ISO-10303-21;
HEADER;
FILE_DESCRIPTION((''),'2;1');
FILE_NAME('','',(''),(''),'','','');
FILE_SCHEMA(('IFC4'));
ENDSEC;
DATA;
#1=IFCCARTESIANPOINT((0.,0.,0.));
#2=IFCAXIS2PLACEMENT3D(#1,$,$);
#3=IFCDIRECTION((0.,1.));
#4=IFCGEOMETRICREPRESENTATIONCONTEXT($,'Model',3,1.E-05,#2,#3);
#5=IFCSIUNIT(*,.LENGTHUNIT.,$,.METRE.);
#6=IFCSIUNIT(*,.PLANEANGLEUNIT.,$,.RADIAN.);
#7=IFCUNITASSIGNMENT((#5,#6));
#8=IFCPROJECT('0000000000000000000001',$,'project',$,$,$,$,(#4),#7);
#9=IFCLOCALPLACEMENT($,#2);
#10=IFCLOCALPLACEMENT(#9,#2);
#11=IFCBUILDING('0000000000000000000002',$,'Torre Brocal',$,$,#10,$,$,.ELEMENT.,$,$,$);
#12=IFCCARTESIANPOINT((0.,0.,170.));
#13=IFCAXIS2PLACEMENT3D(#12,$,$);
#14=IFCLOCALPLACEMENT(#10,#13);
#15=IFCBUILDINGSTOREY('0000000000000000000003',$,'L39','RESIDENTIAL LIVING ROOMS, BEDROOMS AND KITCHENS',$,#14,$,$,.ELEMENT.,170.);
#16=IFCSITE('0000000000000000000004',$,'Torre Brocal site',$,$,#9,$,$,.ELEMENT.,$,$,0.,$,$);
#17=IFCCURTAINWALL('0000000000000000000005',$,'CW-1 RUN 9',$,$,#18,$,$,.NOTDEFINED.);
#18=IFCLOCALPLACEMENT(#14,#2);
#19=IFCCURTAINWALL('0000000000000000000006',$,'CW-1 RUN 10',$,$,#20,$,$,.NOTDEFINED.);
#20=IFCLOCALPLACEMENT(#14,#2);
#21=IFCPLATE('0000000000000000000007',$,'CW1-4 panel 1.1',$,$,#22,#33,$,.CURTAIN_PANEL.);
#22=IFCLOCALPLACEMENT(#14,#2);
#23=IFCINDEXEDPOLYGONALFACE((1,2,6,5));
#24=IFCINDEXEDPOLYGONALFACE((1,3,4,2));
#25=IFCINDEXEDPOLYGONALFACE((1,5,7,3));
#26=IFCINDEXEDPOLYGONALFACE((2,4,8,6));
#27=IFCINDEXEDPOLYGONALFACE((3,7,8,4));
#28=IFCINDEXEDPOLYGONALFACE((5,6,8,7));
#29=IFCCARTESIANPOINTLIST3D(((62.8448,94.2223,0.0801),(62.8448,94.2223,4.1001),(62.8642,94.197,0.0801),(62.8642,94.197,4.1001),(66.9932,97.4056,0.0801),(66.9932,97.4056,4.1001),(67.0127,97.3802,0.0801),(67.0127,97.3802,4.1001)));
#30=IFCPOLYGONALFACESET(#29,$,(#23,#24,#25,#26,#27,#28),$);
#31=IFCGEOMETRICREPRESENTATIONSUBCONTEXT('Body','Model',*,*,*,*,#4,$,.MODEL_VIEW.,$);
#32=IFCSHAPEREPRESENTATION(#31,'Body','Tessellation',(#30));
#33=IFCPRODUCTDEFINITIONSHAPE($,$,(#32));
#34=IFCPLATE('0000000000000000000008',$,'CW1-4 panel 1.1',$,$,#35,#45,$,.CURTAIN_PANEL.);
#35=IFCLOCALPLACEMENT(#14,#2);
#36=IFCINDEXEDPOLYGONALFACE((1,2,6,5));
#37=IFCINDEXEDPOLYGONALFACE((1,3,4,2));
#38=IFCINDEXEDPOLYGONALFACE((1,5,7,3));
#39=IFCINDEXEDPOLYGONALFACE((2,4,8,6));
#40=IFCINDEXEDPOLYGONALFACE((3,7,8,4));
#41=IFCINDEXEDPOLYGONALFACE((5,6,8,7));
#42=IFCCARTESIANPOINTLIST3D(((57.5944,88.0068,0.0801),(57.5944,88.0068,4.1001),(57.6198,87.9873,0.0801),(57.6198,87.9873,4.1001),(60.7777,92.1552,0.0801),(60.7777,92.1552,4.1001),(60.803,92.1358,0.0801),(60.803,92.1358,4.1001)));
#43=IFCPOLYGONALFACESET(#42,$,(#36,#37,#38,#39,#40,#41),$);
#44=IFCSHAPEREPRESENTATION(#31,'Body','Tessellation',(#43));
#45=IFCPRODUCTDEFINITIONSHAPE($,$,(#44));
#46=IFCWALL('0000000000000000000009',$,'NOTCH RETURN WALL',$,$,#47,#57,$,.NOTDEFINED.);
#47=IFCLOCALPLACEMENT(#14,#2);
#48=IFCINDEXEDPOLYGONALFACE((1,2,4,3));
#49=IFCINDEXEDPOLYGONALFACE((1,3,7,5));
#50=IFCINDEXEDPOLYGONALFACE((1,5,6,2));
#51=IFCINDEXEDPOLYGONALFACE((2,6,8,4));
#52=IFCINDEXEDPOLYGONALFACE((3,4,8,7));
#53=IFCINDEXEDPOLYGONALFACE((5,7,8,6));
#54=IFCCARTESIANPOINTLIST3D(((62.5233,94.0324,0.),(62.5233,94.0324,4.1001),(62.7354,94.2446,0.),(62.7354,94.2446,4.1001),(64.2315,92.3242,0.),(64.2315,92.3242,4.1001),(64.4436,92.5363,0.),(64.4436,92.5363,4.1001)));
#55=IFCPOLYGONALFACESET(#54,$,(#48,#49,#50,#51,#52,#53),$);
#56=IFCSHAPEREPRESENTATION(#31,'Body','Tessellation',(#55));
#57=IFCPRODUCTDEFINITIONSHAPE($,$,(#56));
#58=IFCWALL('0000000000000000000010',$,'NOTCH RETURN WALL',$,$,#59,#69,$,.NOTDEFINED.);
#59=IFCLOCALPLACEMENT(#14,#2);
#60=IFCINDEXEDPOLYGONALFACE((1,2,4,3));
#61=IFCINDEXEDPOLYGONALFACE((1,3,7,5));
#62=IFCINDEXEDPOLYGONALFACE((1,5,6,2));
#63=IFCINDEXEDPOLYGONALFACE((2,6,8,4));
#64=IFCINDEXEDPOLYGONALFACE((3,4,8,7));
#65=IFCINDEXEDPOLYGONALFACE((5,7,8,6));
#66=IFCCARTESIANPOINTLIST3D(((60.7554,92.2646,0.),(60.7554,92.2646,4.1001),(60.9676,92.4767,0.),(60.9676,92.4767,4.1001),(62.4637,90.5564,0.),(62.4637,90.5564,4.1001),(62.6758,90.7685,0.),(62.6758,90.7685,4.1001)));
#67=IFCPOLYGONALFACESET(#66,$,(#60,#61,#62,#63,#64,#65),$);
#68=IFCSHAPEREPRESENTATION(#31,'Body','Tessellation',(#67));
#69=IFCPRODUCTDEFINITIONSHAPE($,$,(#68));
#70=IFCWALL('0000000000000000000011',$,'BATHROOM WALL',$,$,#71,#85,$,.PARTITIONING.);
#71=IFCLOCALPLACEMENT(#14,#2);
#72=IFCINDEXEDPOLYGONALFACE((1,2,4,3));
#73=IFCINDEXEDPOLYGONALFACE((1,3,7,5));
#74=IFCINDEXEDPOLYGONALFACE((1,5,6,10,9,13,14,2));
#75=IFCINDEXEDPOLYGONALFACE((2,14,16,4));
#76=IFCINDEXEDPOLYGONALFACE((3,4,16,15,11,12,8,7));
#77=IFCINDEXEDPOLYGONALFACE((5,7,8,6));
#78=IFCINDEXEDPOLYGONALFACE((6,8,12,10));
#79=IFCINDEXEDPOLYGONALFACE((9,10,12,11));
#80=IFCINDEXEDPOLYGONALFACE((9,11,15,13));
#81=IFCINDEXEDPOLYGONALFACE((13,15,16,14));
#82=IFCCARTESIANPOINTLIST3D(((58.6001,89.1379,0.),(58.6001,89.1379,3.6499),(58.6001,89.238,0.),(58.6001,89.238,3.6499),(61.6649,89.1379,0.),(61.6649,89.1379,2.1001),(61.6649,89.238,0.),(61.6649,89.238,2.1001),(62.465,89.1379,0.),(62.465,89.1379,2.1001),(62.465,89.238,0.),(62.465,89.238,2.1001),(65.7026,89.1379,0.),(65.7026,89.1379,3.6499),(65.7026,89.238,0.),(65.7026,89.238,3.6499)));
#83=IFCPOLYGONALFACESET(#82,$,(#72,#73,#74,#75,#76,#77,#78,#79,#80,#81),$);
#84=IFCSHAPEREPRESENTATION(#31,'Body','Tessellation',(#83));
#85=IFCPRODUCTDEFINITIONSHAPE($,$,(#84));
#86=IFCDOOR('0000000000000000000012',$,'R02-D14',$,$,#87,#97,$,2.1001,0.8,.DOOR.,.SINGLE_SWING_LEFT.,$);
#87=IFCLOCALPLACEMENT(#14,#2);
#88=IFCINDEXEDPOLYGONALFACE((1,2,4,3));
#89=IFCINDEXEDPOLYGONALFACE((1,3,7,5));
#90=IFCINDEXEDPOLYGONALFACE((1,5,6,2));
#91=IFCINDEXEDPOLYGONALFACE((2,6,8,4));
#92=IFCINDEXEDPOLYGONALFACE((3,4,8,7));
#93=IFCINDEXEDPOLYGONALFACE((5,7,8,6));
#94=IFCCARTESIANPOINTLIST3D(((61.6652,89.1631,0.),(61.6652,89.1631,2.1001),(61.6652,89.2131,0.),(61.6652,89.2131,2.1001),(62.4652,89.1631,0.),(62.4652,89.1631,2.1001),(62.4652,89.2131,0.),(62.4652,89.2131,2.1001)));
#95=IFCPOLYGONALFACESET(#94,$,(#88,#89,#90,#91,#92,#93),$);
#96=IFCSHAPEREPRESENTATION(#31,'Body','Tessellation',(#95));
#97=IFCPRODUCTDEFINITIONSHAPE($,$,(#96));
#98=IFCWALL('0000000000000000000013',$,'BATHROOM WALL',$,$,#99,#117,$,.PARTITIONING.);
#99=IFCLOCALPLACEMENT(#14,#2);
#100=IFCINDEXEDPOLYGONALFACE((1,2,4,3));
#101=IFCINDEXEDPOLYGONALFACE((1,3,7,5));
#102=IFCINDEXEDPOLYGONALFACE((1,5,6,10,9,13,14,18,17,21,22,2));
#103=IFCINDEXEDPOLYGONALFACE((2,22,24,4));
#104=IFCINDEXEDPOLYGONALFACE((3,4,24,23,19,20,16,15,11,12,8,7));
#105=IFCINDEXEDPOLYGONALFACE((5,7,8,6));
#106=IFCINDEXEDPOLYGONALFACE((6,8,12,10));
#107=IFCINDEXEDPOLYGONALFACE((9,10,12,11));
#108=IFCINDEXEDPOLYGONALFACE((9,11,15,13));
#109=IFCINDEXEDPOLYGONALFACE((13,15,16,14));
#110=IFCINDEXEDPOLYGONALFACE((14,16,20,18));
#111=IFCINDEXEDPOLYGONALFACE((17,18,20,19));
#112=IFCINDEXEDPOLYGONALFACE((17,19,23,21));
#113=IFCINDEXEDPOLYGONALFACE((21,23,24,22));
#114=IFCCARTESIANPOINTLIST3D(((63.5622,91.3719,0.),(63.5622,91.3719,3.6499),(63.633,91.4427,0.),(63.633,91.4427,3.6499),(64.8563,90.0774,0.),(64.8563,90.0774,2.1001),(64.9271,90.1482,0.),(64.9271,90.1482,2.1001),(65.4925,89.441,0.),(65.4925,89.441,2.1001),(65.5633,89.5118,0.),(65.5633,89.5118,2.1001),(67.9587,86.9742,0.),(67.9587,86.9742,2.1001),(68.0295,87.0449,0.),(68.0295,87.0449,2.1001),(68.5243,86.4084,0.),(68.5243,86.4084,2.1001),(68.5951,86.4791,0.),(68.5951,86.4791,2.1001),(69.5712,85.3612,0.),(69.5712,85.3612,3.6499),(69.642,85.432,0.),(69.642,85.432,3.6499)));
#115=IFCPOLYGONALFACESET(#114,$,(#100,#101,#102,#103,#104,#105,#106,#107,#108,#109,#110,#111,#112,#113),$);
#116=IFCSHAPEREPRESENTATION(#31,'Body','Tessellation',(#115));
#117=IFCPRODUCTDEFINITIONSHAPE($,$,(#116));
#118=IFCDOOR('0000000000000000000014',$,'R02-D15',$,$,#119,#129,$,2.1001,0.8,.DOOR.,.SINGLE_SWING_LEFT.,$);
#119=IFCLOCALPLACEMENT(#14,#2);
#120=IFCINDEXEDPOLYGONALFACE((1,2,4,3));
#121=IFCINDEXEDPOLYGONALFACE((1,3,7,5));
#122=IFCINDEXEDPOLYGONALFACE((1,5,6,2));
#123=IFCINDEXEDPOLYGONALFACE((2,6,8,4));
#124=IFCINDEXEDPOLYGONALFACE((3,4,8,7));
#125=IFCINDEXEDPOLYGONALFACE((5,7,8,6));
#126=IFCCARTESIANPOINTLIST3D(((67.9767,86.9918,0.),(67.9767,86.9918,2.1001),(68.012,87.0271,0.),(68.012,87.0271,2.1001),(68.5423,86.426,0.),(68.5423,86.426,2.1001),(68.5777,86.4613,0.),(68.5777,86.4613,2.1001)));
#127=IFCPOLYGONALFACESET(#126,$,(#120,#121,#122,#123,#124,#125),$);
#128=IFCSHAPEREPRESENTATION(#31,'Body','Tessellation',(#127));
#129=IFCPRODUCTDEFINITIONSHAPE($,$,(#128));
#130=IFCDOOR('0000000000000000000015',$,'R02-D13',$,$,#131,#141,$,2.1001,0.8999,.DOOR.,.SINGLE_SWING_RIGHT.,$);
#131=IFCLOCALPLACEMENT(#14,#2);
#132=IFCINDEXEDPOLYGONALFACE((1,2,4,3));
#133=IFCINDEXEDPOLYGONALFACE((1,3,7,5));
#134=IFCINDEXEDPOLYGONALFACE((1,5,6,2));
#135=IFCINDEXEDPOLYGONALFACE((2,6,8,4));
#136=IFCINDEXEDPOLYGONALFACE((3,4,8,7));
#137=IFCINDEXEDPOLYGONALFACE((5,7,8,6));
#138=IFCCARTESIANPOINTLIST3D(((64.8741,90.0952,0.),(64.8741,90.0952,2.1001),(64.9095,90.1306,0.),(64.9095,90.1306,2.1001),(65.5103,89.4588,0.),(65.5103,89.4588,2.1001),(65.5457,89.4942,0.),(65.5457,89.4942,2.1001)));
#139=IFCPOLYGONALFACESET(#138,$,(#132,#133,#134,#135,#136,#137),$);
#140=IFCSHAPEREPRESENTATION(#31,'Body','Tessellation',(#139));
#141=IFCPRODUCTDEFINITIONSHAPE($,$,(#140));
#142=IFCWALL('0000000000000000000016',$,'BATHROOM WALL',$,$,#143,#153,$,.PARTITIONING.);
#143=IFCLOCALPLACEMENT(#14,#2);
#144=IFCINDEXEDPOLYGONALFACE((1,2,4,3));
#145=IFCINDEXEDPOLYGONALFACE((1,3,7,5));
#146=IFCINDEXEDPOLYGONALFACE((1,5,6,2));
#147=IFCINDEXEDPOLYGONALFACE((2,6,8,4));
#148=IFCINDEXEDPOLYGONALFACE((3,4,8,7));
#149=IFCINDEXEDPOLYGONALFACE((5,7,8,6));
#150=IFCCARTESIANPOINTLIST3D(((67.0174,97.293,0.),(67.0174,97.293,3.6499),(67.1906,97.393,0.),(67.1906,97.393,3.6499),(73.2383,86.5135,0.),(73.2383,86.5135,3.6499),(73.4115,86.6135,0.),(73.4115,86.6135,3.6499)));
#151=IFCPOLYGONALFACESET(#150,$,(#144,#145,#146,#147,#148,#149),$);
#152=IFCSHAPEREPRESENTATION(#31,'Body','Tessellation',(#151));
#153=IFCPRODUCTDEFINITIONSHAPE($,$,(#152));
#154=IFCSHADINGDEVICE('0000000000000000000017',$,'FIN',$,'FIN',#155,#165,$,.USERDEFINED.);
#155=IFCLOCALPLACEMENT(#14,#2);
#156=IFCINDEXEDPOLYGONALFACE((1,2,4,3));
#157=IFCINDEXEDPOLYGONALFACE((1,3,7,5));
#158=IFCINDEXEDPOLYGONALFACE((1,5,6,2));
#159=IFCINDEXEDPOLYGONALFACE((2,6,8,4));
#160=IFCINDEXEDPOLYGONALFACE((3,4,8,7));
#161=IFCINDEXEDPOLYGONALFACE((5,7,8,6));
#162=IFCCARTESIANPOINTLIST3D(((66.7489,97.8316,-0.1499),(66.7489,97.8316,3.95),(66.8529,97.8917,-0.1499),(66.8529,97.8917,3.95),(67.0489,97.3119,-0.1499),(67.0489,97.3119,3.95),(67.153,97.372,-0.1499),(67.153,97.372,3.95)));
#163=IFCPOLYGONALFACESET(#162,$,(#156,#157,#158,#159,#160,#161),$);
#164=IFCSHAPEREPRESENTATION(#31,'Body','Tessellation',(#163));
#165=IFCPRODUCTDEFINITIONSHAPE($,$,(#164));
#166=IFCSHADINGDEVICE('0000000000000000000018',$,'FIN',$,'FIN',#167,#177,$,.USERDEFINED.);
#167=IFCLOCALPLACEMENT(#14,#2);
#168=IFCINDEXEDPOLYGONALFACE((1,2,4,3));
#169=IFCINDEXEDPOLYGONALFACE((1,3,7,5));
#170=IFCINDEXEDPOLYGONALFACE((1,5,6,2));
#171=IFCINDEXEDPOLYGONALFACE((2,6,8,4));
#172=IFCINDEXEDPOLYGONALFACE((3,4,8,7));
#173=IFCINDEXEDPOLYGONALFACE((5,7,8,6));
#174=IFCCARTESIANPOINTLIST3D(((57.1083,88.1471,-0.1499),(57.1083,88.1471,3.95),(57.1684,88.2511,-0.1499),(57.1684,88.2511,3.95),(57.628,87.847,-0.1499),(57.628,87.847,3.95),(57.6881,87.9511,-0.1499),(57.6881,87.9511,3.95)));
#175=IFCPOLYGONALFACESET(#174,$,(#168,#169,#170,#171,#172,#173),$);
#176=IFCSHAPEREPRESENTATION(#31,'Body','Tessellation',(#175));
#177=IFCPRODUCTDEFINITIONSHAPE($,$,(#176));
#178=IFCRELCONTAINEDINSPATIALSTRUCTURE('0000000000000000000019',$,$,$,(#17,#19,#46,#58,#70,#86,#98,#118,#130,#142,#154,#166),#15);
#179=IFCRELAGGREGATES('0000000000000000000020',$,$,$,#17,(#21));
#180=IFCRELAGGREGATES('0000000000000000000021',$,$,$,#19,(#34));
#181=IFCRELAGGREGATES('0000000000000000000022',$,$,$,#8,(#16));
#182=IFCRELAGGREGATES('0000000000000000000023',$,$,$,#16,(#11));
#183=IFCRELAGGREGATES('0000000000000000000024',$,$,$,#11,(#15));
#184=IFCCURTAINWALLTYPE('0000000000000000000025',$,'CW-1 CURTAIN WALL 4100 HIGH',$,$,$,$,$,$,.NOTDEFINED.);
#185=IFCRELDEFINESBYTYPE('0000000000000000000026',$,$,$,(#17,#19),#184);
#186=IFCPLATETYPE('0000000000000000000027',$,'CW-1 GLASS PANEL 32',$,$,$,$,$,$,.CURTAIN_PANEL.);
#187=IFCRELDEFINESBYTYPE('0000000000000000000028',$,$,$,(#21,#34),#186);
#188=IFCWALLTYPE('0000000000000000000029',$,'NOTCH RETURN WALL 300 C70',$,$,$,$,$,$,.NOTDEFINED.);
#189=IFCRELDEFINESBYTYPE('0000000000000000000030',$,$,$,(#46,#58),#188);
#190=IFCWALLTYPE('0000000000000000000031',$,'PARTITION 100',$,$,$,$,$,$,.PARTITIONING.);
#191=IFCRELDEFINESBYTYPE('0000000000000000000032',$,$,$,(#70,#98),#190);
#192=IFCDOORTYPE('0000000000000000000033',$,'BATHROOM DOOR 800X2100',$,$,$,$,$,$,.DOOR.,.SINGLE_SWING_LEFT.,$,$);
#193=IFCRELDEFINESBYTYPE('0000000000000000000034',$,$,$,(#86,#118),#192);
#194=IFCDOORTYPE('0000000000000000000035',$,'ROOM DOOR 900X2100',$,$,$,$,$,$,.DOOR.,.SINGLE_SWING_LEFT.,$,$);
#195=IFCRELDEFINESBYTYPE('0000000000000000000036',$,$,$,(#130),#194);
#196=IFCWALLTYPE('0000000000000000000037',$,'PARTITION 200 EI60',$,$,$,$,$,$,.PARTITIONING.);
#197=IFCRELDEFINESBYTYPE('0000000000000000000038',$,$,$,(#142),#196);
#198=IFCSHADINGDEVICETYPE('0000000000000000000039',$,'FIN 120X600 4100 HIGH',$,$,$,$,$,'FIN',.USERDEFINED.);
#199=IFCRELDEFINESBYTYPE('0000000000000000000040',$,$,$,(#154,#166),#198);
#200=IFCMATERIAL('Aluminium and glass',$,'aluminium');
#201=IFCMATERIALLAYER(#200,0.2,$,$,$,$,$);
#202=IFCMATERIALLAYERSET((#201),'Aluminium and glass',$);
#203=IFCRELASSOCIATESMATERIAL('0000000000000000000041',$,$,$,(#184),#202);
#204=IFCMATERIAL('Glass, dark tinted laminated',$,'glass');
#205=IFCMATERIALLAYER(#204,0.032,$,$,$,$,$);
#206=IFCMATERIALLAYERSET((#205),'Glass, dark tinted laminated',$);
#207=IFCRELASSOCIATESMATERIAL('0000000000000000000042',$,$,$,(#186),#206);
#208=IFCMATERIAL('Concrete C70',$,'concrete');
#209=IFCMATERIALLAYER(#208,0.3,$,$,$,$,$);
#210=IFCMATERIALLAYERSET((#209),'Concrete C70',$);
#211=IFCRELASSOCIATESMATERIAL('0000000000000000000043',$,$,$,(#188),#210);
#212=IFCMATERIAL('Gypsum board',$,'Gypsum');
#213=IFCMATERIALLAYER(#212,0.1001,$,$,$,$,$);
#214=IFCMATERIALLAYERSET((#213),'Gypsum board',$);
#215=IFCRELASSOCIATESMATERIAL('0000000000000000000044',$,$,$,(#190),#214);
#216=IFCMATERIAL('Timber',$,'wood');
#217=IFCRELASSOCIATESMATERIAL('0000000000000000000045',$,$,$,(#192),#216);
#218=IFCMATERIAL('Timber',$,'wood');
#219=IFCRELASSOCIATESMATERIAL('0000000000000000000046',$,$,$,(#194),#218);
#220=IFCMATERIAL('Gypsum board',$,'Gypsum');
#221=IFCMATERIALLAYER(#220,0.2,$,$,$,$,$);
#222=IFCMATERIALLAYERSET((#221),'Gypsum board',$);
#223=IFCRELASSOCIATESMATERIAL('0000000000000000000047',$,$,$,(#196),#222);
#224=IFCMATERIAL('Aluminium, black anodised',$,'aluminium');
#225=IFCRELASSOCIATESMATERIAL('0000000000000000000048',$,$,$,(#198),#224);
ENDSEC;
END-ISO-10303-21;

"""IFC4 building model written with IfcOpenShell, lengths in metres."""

from ifc_helpers import new_model, si_unit, direction, frame, frame_2d, origin, origin_2d, place, context, subcontext, project, spatial, rectangle, extrude, material, layer, layer_set, material_profile, profile_set, type_object, element, fill, aggregate, save


model = new_model("IFC4")

# Units and contexts
model_context = context("Model", 3, precision=1e-05, world=origin(), true_north=direction((0.0, 1.0)))
body_context = subcontext(model_context, "Body", "Model", "MODEL_VIEW")
ifc_project = project(units=[si_unit("LENGTHUNIT", "METRE"), si_unit("PLANEANGLEUNIT", "RADIAN")], contexts=[model_context])

# Site, building, storey
site_placement = place(None, origin())
site = spatial("IfcSite", under=ifc_project, at=site_placement, Name="Torre Brocal site", CompositionType="ELEMENT", RefElevation=0.0)
building_placement = place(site_placement, origin())
building = spatial("IfcBuilding", under=site, at=building_placement, Name="Torre Brocal", CompositionType="ELEMENT")
storey_placement = place(building_placement, frame((0.0, 0.0, 170.0)))
storey = spatial("IfcBuildingStorey", under=building, at=storey_placement, Name="L39", Description="RESIDENTIAL LIVING ROOMS, BEDROOMS AND KITCHENS", CompositionType="ELEMENT", Elevation=170.0)

# Shared definitions
ifc_material_1 = material(Name="Aluminium and glass", Category="aluminium")
ifc_layer_1 = layer(ifc_material_1, 0.2)
ifc_layer_set_1 = layer_set([ifc_layer_1], Name="Aluminium and glass")
curtain_wall_type = type_object("IfcCurtainWallType", Name="CW-1 CURTAIN WALL 4100 HIGH", PredefinedType="NOTDEFINED", material=ifc_layer_set_1)

# Curtain walls
curtain_wall_1_placement = place(storey_placement, origin())
curtain_wall_1 = element("IfcCurtainWall", 1, at=curtain_wall_1_placement, inside=storey, type_object=curtain_wall_type, Name="CW-1 RUN 9", PredefinedType="NOTDEFINED")
curtain_wall_2_placement = place(storey_placement, origin())
curtain_wall_2 = element("IfcCurtainWall", 2, at=curtain_wall_2_placement, inside=storey, type_object=curtain_wall_type, Name="CW-1 RUN 10", PredefinedType="NOTDEFINED")

# Plates
ifc_material_2 = material(Name="Glass, dark tinted laminated", Category="glass")
ifc_layer_2 = layer(ifc_material_2, 0.032)
ifc_layer_set_2 = layer_set([ifc_layer_2], Name="Glass, dark tinted laminated")
plate_type = type_object("IfcPlateType", Name="CW-1 GLASS PANEL 32", PredefinedType="CURTAIN_PANEL", material=ifc_layer_set_2)
plate_1_placement = place(storey_placement, frame((64.9287, 95.8013, 0.0801), z_axis=(0.0, 0.0, 1.0), x_axis=(-0.793353, -0.608761, 0.0)))
plate_1 = element("IfcPlate", 3, at=plate_1_placement, type_object=plate_type, Name="CW1-4 panel 1.1", PredefinedType="CURTAIN_PANEL", context=body_context, shape_type="SweptSolid", body=[
    extrude(rectangle(XDim=5.229, YDim=0.032, at=origin_2d()), origin(), (0.0, 0.0, 1.0), 4.02),
])
aggregate(curtain_wall_1, [plate_1])
plate_2_placement = place(storey_placement, frame((59.1987, 90.0713, 0.0801), z_axis=(0.0, 0.0, 1.0), x_axis=(-0.608761, -0.793353, 0.0)))
plate_2 = element("IfcPlate", 4, at=plate_2_placement, type_object=plate_type, Name="CW1-4 panel 1.1", PredefinedType="CURTAIN_PANEL", context=body_context, shape_type="SweptSolid", body=[
    extrude(rectangle(XDim=5.229, YDim=0.032, at=origin_2d()), origin(), (0.0, 0.0, 1.0), 4.02),
])
aggregate(curtain_wall_2, [plate_2])

# Walls
ifc_material_3 = material(Name="Concrete C70", Category="concrete")
ifc_layer_3 = layer(ifc_material_3, 0.3)
ifc_layer_set_3 = layer_set([ifc_layer_3], Name="Concrete C70")
wall_type_1 = type_object("IfcWallType", Name="NOTCH RETURN WALL 300 C70", PredefinedType="NOTDEFINED", material=ifc_layer_set_3)
for number, where, z_axis, x_axis, name in (
    (5, (64.3376, 92.4302, 0.0), (0.0, 0.0, 1.0), (-0.707107, 0.707107, 0.0), "NOTCH RETURN WALL"),
    (6, (62.5698, 90.6624, 0.0), (0.0, 0.0, 1.0), (-0.707107, 0.707107, 0.0), "NOTCH RETURN WALL"),
):
    element("IfcWall", number, at=place(storey_placement, frame(where, z_axis=z_axis, x_axis=x_axis)), inside=storey, type_object=wall_type_1, Name=name, PredefinedType="NOTDEFINED", context=body_context, shape_type="SweptSolid", body=[
        extrude(rectangle(XDim=2.4158, YDim=0.3, at=frame_2d((1.208, 0.0))), origin(), (0.0, 0.0, 1.0), 4.1001),
    ])

# Wall, opening, door
ifc_material_4 = material(Name="Gypsum board", Category="Gypsum")
ifc_layer_4 = layer(ifc_material_4, 0.1001)
ifc_layer_set_4 = layer_set([ifc_layer_4], Name="Gypsum board")
wall_type_2 = type_object("IfcWallType", Name="PARTITION 100", PredefinedType="PARTITIONING", material=ifc_layer_set_4)
wall_1_placement = place(storey_placement, frame((58.6001, 89.188, 0.0), z_axis=(0.0, 0.0, 1.0), x_axis=(1.0, 0.0, 0.0)))
wall_1 = element("IfcWall", 7, at=wall_1_placement, inside=storey, type_object=wall_type_2, Name="BATHROOM WALL", PredefinedType="PARTITIONING", context=body_context, shape_type="SweptSolid", body=[
    extrude(rectangle(XDim=7.1025, YDim=0.1001, at=frame_2d((3.5513, 0.0))), origin(), (0.0, 0.0, 1.0), 3.6499),
])
opening_1_placement = place(wall_1_placement, frame((3.0649, 0.0, 0.0)))
opening_1 = element("IfcOpeningElement", 8, at=opening_1_placement, cuts=wall_1, PredefinedType="OPENING", context=body_context, shape_type="SweptSolid", body=[
    extrude(rectangle(XDim=0.8, YDim=2.1001, at=frame_2d((0.3999, 1.05))), frame((0.0, 0.0601, 0.0), z_axis=(0.0, -1.0, 0.0), x_axis=(1.0, 0.0, 0.0)), (0.0, 0.0, 1.0), 0.1201),
])
ifc_material_5 = material(Name="Timber", Category="wood")
door_type_1 = type_object("IfcDoorType", Name="BATHROOM DOOR 800X2100", OperationType="SINGLE_SWING_LEFT", PredefinedType="DOOR", material=ifc_material_5)
door_1_placement = place(opening_1_placement, frame((0.8, 0.0, 0.0), z_axis=(0.0, 0.0, 1.0), x_axis=(-1.0, 0.0, 0.0)))
door_1 = element("IfcDoor", 9, at=door_1_placement, inside=storey, type_object=door_type_1, Name="R02-D14", OperationType="SINGLE_SWING_LEFT", OverallHeight=2.1001, OverallWidth=0.8, PredefinedType="DOOR", context=body_context, shape_type="SweptSolid", body=[
    extrude(rectangle(XDim=0.8, YDim=2.1001, at=frame_2d((0.3999, 1.05))), frame((0.0, 0.0249, 0.0), z_axis=(0.0, -1.0, 0.0), x_axis=(1.0, 0.0, 0.0)), (0.0, 0.0, 1.0), 0.05),
])
fill(opening_1, door_1)

# Wall, openings, doors
wall_2_placement = place(storey_placement, frame((63.5977, 91.4072, 0.0), z_axis=(0.0, 0.0, 1.0), x_axis=(0.707006, -0.707207, 0.0)))
wall_2 = element("IfcWall", 10, at=wall_2_placement, inside=storey, type_object=wall_type_2, Name="BATHROOM WALL", PredefinedType="PARTITIONING", context=body_context, shape_type="SweptSolid", body=[
    extrude(rectangle(XDim=8.4993, YDim=0.1001, at=frame_2d((4.2495, 0.0))), origin(), (0.0, 0.0, 1.0), 3.6499),
])
opening_2_placement = place(wall_2_placement, frame((1.8303, 0.0, 0.0)))
opening_2 = element("IfcOpeningElement", 11, at=opening_2_placement, cuts=wall_2, PredefinedType="OPENING", context=body_context, shape_type="SweptSolid", body=[
    extrude(rectangle(XDim=0.8999, YDim=2.1001, at=frame_2d((0.45, 1.05))), frame((0.0, 0.0601, 0.0), z_axis=(0.0, -1.0, 0.0), x_axis=(1.0, 0.0, 0.0)), (0.0, 0.0, 1.0), 0.1201),
])
opening_3_placement = place(wall_2_placement, frame((6.2185, 0.0, 0.0)))
opening_3 = element("IfcOpeningElement", 12, at=opening_3_placement, cuts=wall_2, PredefinedType="OPENING", context=body_context, shape_type="SweptSolid", body=[
    extrude(rectangle(XDim=0.8, YDim=2.1001, at=frame_2d((0.3999, 1.05))), frame((0.0, 0.0601, 0.0), z_axis=(0.0, -1.0, 0.0), x_axis=(1.0, 0.0, 0.0)), (0.0, 0.0, 1.0), 0.1201),
])
door_2_placement = place(opening_3_placement, frame((0.8, 0.0, 0.0), z_axis=(0.0, 0.0, 1.0), x_axis=(-1.0, 0.0, 0.0)))
door_2 = element("IfcDoor", 13, at=door_2_placement, inside=storey, type_object=door_type_1, Name="R02-D15", OperationType="SINGLE_SWING_LEFT", OverallHeight=2.1001, OverallWidth=0.8, PredefinedType="DOOR", context=body_context, shape_type="SweptSolid", body=[
    extrude(rectangle(XDim=0.8, YDim=2.1001, at=frame_2d((0.3999, 1.05))), frame((0.0, 0.0249, 0.0), z_axis=(0.0, -1.0, 0.0), x_axis=(1.0, 0.0, 0.0)), (0.0, 0.0, 1.0), 0.05),
])
fill(opening_3, door_2)
ifc_material_6 = material(Name="Timber", Category="wood")
door_type_2 = type_object("IfcDoorType", Name="ROOM DOOR 900X2100", OperationType="SINGLE_SWING_LEFT", PredefinedType="DOOR", material=ifc_material_6)
door_3_placement = place(opening_2_placement, frame((0.8999, 0.0, 0.0), z_axis=(0.0, 0.0, 1.0), x_axis=(-1.0, 0.0, 0.0)))
door_3 = element("IfcDoor", 14, at=door_3_placement, inside=storey, type_object=door_type_2, Name="R02-D13", OperationType="SINGLE_SWING_RIGHT", OverallHeight=2.1001, OverallWidth=0.8999, PredefinedType="DOOR", context=body_context, shape_type="SweptSolid", body=[
    extrude(rectangle(XDim=0.8999, YDim=2.1001, at=frame_2d((0.45, 1.05))), frame((0.0, 0.0249, 0.0), z_axis=(0.0, -1.0, 0.0), x_axis=(1.0, 0.0, 0.0)), (0.0, 0.0, 1.0), 0.05),
])
fill(opening_2, door_3)

# Wall
ifc_material_7 = material(Name="Gypsum board", Category="Gypsum")
ifc_layer_5 = layer(ifc_material_7, 0.2)
ifc_layer_set_5 = layer_set([ifc_layer_5], Name="Gypsum board")
wall_type_3 = type_object("IfcWallType", Name="PARTITION 200 EI60", PredefinedType="PARTITIONING", material=ifc_layer_set_5)
wall_3_placement = place(storey_placement, frame((67.104, 97.343, 0.0), z_axis=(0.0, 0.0, 1.0), x_axis=(0.499842, -0.866117, 0.0)))
element("IfcWall", 15, at=wall_3_placement, inside=storey, type_object=wall_type_3, Name="BATHROOM WALL", PredefinedType="PARTITIONING", context=body_context, shape_type="SweptSolid", body=[
    extrude(rectangle(XDim=12.4458, YDim=0.2, at=frame_2d((6.2229, 0.0))), origin(), (0.0, 0.0, 1.0), 3.6499),
])

# Shading devices
ifc_material_8 = material(Name="Aluminium, black anodised", Category="aluminium")
ifc_material_profile_1 = material_profile(ifc_material_8, rectangle(XDim=0.1201, YDim=0.6001, at=origin_2d()), Name="FIN 120X600 4100 HIGH")
ifc_profile_set_1 = profile_set([ifc_material_profile_1], Name="Aluminium, black anodised")
shading_device_type = type_object("IfcShadingDeviceType", Name="FIN 120X600 4100 HIGH", ElementType="FIN", PredefinedType="USERDEFINED", material=ifc_profile_set_1)
for number, where, z_axis, x_axis, name in (
    (16, (66.9509, 97.6018, -0.1499), (0.0, 0.0, 1.0), (-0.866025, -0.5, 0.0), "FIN"),
    (17, (57.3982, 88.0491, -0.1499), (0.0, 0.0, 1.0), (-0.5, -0.866025, 0.0), "FIN"),
):
    element("IfcShadingDevice", number, at=place(storey_placement, frame(where, z_axis=z_axis, x_axis=x_axis)), inside=storey, type_object=shading_device_type, Name=name, ObjectType="FIN", PredefinedType="USERDEFINED", context=body_context, shape_type="SweptSolid", body=[
        extrude(rectangle(XDim=0.1201, YDim=0.6001, at=origin_2d()), origin(), (0.0, 0.0, 1.0), 4.0999),
    ])

save(model, "model.ifc")
